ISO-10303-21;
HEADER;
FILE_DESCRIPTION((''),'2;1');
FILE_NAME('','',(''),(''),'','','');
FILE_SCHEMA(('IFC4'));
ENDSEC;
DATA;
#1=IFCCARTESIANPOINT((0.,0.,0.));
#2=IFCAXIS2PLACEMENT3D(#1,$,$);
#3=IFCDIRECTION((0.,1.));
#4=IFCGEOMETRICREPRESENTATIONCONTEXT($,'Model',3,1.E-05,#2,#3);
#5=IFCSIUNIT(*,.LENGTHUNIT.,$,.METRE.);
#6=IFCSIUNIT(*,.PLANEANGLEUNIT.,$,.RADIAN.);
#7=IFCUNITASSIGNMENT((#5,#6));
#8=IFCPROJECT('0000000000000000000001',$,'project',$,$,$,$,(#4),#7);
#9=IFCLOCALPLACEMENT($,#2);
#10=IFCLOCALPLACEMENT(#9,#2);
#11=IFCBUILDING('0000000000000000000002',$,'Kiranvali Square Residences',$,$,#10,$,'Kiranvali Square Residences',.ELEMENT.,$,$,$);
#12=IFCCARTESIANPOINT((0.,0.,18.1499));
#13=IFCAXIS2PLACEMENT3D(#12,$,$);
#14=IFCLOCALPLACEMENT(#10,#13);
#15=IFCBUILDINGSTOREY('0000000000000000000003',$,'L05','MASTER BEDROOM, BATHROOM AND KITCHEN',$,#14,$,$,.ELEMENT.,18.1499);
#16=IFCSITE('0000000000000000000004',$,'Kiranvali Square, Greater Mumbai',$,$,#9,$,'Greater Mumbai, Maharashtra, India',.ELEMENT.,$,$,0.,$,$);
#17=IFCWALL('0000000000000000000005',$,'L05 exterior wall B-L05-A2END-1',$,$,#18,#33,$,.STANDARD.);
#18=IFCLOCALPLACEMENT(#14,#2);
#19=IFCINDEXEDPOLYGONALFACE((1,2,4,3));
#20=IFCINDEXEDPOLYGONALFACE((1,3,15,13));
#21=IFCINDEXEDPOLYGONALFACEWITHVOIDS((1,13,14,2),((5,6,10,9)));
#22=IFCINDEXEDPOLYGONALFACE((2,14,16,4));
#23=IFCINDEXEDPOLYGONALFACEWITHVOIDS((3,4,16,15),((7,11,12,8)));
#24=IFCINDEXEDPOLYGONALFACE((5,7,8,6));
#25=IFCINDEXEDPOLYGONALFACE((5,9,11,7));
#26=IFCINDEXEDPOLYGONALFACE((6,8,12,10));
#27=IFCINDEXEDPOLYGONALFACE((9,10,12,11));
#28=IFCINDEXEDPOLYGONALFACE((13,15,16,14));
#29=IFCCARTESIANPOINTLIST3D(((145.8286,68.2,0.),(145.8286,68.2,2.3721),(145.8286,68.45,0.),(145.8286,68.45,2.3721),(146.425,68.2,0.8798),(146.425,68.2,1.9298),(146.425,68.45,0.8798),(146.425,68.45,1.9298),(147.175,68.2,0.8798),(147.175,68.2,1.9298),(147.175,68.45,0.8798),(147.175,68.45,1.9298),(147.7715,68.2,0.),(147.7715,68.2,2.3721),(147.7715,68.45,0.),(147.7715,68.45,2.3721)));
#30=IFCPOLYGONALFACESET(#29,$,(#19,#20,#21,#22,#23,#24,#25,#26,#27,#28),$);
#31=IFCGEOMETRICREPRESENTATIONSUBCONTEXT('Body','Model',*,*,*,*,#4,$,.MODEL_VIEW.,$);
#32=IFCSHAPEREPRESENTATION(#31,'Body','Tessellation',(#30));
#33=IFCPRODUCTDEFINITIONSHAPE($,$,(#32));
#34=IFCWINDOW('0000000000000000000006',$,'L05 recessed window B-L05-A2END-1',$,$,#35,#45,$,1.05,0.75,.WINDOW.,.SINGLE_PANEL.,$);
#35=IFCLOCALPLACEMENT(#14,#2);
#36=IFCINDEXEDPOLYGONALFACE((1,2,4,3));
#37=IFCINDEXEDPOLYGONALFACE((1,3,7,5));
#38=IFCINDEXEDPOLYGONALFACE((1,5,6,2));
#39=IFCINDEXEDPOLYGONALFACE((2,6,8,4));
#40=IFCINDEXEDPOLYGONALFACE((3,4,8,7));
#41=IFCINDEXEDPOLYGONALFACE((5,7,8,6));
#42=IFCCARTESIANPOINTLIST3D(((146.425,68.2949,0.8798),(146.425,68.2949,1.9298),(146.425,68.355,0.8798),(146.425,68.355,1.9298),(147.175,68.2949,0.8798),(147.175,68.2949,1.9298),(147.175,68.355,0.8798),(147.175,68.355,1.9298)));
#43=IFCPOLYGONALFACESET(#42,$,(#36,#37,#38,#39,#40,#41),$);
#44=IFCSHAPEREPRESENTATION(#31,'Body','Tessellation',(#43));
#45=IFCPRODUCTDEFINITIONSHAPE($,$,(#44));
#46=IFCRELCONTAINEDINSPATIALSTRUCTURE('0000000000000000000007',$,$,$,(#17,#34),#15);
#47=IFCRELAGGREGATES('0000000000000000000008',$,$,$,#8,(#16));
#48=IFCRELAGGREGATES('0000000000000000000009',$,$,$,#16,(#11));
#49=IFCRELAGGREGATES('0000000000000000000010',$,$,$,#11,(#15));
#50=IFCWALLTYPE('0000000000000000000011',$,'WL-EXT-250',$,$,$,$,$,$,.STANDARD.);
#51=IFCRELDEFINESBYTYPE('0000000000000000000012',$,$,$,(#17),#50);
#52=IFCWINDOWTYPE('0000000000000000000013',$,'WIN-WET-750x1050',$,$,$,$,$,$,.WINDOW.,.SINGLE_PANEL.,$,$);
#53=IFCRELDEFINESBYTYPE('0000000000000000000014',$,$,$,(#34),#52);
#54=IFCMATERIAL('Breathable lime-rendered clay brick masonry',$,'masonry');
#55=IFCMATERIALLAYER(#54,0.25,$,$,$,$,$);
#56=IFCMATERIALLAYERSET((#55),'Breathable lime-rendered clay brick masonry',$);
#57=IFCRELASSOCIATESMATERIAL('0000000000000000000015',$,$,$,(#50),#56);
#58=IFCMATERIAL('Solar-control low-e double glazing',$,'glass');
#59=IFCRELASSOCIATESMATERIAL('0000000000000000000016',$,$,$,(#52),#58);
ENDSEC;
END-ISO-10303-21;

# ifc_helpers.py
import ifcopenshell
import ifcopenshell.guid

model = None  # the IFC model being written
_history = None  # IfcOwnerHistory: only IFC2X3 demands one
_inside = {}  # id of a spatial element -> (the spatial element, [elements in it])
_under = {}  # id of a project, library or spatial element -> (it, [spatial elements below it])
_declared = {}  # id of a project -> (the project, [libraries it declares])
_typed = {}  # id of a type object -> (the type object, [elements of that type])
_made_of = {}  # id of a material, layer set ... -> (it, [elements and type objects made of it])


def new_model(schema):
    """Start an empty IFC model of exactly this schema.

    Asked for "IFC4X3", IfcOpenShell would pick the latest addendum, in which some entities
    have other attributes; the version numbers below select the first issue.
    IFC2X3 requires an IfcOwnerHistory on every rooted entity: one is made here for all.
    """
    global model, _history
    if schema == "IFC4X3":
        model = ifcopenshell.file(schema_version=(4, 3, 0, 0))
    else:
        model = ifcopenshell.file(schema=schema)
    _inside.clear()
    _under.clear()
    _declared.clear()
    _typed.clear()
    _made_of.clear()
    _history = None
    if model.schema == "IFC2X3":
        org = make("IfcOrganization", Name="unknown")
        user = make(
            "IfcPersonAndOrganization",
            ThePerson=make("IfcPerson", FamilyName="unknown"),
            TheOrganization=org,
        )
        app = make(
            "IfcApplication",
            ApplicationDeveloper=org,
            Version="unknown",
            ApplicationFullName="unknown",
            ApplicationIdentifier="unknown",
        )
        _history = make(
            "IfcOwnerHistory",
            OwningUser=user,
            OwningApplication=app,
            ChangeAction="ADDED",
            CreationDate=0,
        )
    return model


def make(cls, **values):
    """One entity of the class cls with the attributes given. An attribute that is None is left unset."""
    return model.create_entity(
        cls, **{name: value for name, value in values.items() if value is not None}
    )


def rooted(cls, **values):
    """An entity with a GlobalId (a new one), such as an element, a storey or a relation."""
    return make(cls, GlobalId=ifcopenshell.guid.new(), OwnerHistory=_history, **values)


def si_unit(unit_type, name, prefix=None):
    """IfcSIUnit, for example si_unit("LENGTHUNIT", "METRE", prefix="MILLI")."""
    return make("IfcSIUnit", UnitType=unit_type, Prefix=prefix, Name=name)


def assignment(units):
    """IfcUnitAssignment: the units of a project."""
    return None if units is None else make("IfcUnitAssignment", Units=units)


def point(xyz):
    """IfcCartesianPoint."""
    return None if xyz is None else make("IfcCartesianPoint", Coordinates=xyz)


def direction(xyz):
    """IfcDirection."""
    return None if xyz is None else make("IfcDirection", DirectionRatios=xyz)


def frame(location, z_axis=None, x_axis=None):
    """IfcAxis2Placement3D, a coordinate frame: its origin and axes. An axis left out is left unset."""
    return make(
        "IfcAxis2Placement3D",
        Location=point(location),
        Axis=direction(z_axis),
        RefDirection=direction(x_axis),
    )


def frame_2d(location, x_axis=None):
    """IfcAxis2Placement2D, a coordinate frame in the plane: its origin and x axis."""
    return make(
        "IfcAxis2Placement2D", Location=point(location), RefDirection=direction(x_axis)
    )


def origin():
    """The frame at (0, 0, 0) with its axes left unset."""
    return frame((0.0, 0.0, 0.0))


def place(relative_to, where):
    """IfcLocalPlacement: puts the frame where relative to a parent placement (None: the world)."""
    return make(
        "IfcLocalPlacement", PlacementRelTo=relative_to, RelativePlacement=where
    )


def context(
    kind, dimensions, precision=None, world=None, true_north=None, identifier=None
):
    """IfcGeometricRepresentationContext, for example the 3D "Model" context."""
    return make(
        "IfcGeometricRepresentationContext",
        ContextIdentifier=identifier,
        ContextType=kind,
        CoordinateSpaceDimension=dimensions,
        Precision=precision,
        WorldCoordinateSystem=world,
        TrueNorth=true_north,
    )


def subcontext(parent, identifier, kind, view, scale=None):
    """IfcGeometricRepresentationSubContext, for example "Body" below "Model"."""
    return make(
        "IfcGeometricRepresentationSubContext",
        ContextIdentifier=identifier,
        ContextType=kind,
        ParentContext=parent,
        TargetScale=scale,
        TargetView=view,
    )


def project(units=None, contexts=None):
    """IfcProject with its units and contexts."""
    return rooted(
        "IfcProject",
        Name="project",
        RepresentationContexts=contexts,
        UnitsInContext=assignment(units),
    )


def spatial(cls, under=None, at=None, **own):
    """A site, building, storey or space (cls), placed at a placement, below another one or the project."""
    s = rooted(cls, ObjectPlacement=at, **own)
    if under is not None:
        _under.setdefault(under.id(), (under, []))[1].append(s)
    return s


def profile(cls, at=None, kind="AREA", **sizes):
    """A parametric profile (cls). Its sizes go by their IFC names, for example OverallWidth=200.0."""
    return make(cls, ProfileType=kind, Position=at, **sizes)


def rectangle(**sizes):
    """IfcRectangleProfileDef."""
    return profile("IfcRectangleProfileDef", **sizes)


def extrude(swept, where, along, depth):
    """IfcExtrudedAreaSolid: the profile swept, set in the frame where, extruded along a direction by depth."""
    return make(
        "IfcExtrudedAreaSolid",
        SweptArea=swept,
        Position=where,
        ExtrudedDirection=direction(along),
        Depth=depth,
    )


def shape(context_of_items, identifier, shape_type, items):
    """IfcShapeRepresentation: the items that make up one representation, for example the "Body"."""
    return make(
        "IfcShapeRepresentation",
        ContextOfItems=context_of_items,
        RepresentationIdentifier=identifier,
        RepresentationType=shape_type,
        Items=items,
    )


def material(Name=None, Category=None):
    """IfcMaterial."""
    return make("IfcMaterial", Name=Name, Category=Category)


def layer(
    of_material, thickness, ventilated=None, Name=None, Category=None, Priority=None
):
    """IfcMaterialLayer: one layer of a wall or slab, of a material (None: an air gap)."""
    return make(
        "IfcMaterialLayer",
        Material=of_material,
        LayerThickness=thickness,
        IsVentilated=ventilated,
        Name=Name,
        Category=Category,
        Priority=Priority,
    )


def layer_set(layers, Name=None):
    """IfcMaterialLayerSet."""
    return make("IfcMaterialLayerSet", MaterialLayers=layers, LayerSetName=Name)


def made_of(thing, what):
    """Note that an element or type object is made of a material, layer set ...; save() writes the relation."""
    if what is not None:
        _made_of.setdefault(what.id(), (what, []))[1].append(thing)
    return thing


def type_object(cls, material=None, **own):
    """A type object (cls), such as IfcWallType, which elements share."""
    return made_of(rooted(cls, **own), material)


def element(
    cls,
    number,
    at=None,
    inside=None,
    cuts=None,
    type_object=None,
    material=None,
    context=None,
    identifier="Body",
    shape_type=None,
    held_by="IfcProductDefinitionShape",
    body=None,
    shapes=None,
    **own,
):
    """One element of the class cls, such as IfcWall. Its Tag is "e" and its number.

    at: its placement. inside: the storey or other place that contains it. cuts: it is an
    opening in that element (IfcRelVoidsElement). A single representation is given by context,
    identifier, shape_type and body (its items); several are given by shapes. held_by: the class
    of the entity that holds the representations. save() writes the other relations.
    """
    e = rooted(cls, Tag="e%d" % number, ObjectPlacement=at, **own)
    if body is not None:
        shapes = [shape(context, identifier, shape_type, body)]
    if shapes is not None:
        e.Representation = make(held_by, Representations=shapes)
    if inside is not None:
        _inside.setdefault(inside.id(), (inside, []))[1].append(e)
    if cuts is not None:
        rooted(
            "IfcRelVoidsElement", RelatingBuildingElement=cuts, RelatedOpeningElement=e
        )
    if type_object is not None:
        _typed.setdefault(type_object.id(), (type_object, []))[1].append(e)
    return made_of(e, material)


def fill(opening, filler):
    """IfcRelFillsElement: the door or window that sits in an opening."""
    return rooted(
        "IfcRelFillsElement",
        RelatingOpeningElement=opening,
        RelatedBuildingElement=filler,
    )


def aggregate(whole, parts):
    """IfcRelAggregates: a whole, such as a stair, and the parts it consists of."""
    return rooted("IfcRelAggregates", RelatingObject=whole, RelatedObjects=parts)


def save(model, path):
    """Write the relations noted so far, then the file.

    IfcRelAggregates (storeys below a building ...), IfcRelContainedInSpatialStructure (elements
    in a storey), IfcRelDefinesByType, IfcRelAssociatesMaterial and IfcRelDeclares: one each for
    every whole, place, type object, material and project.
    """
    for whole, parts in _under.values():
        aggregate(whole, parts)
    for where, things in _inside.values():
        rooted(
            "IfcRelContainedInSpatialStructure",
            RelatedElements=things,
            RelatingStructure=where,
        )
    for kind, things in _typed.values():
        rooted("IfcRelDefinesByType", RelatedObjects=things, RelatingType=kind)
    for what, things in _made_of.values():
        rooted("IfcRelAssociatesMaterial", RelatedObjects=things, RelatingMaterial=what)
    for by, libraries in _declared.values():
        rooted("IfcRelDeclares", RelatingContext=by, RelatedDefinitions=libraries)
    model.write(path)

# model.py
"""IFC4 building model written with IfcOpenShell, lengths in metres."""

from ifc_helpers import new_model, si_unit, direction, frame, frame_2d, origin, place, context, subcontext, project, spatial, rectangle, extrude, material, layer, layer_set, type_object, element, fill, save


model = new_model("IFC4")

# Units and contexts
model_context = context("Model", 3, precision=1e-05, world=origin(), true_north=direction((0.0, 1.0)))
body_context = subcontext(model_context, "Body", "Model", "MODEL_VIEW")
ifc_project = project(units=[si_unit("LENGTHUNIT", "METRE"), si_unit("PLANEANGLEUNIT", "RADIAN")], contexts=[model_context])

# Site, building, storey
site_placement = place(None, origin())
site = spatial("IfcSite", under=ifc_project, at=site_placement, Name="Kiranvali Square, Greater Mumbai", LongName="Greater Mumbai, Maharashtra, India", CompositionType="ELEMENT", RefElevation=0.0)
building_placement = place(site_placement, origin())
building = spatial("IfcBuilding", under=site, at=building_placement, Name="Kiranvali Square Residences", LongName="Kiranvali Square Residences", CompositionType="ELEMENT")
storey_placement = place(building_placement, frame((0.0, 0.0, 18.1499)))
storey = spatial("IfcBuildingStorey", under=building, at=storey_placement, Name="L05", Description="MASTER BEDROOM, BATHROOM AND KITCHEN", CompositionType="ELEMENT", Elevation=18.1499)

# Wall, opening, window
ifc_material_1 = material(Name="Breathable lime-rendered clay brick masonry", Category="masonry")
ifc_layer_1 = layer(ifc_material_1, 0.25)
ifc_layer_set_1 = layer_set([ifc_layer_1], Name="Breathable lime-rendered clay brick masonry")
wall_type_1 = type_object("IfcWallType", Name="WL-EXT-250", PredefinedType="STANDARD", material=ifc_layer_set_1)
wall_1_placement = place(storey_placement, frame((145.8286, 68.325, 0.0), z_axis=(0.0, 0.0, 1.0), x_axis=(1.0, 0.0, 0.0)))
wall_1 = element("IfcWall", 1, at=wall_1_placement, inside=storey, type_object=wall_type_1, Name="L05 exterior wall B-L05-A2END-1", PredefinedType="STANDARD", context=body_context, shape_type="SweptSolid", body=[
    extrude(rectangle(XDim=1.9429, YDim=0.25, at=frame_2d((0.9714, 0.0))), origin(), (0.0, 0.0, 1.0), 2.3721),
])
opening_1_placement = place(wall_1_placement, frame((0.5964, 0.0, 0.8799)))
opening_1 = element("IfcOpeningElement", 2, at=opening_1_placement, cuts=wall_1, PredefinedType="OPENING", context=body_context, shape_type="SweptSolid", body=[
    extrude(rectangle(XDim=0.75, YDim=1.05, at=frame_2d((0.375, 0.5249))), frame((0.0, 0.135, 0.0), z_axis=(0.0, -1.0, 0.0), x_axis=(1.0, 0.0, 0.0)), (0.0, 0.0, 1.0), 0.27),
])
ifc_material_2 = material(Name="Solar-control low-e double glazing", Category="glass")
window_type = type_object("IfcWindowType", Name="WIN-WET-750x1050", PartitioningType="SINGLE_PANEL", PredefinedType="WINDOW", material=ifc_material_2)
window_placement = place(opening_1_placement, origin())
window = element("IfcWindow", 3, at=window_placement, inside=storey, type_object=window_type, Name="L05 recessed window B-L05-A2END-1", OverallHeight=1.05, OverallWidth=0.75, PartitioningType="SINGLE_PANEL", PredefinedType="WINDOW", context=body_context, shape_type="SweptSolid", body=[
    extrude(rectangle(XDim=0.75, YDim=1.05, at=frame_2d((0.375, 0.5249))), frame((0.0, 0.03, 0.0), z_axis=(0.0, -1.0, 0.0), x_axis=(1.0, 0.0, 0.0)), (0.0, 0.0, 1.0), 0.0601),
])
fill(opening_1, window)

save(model, "model.ifc")
